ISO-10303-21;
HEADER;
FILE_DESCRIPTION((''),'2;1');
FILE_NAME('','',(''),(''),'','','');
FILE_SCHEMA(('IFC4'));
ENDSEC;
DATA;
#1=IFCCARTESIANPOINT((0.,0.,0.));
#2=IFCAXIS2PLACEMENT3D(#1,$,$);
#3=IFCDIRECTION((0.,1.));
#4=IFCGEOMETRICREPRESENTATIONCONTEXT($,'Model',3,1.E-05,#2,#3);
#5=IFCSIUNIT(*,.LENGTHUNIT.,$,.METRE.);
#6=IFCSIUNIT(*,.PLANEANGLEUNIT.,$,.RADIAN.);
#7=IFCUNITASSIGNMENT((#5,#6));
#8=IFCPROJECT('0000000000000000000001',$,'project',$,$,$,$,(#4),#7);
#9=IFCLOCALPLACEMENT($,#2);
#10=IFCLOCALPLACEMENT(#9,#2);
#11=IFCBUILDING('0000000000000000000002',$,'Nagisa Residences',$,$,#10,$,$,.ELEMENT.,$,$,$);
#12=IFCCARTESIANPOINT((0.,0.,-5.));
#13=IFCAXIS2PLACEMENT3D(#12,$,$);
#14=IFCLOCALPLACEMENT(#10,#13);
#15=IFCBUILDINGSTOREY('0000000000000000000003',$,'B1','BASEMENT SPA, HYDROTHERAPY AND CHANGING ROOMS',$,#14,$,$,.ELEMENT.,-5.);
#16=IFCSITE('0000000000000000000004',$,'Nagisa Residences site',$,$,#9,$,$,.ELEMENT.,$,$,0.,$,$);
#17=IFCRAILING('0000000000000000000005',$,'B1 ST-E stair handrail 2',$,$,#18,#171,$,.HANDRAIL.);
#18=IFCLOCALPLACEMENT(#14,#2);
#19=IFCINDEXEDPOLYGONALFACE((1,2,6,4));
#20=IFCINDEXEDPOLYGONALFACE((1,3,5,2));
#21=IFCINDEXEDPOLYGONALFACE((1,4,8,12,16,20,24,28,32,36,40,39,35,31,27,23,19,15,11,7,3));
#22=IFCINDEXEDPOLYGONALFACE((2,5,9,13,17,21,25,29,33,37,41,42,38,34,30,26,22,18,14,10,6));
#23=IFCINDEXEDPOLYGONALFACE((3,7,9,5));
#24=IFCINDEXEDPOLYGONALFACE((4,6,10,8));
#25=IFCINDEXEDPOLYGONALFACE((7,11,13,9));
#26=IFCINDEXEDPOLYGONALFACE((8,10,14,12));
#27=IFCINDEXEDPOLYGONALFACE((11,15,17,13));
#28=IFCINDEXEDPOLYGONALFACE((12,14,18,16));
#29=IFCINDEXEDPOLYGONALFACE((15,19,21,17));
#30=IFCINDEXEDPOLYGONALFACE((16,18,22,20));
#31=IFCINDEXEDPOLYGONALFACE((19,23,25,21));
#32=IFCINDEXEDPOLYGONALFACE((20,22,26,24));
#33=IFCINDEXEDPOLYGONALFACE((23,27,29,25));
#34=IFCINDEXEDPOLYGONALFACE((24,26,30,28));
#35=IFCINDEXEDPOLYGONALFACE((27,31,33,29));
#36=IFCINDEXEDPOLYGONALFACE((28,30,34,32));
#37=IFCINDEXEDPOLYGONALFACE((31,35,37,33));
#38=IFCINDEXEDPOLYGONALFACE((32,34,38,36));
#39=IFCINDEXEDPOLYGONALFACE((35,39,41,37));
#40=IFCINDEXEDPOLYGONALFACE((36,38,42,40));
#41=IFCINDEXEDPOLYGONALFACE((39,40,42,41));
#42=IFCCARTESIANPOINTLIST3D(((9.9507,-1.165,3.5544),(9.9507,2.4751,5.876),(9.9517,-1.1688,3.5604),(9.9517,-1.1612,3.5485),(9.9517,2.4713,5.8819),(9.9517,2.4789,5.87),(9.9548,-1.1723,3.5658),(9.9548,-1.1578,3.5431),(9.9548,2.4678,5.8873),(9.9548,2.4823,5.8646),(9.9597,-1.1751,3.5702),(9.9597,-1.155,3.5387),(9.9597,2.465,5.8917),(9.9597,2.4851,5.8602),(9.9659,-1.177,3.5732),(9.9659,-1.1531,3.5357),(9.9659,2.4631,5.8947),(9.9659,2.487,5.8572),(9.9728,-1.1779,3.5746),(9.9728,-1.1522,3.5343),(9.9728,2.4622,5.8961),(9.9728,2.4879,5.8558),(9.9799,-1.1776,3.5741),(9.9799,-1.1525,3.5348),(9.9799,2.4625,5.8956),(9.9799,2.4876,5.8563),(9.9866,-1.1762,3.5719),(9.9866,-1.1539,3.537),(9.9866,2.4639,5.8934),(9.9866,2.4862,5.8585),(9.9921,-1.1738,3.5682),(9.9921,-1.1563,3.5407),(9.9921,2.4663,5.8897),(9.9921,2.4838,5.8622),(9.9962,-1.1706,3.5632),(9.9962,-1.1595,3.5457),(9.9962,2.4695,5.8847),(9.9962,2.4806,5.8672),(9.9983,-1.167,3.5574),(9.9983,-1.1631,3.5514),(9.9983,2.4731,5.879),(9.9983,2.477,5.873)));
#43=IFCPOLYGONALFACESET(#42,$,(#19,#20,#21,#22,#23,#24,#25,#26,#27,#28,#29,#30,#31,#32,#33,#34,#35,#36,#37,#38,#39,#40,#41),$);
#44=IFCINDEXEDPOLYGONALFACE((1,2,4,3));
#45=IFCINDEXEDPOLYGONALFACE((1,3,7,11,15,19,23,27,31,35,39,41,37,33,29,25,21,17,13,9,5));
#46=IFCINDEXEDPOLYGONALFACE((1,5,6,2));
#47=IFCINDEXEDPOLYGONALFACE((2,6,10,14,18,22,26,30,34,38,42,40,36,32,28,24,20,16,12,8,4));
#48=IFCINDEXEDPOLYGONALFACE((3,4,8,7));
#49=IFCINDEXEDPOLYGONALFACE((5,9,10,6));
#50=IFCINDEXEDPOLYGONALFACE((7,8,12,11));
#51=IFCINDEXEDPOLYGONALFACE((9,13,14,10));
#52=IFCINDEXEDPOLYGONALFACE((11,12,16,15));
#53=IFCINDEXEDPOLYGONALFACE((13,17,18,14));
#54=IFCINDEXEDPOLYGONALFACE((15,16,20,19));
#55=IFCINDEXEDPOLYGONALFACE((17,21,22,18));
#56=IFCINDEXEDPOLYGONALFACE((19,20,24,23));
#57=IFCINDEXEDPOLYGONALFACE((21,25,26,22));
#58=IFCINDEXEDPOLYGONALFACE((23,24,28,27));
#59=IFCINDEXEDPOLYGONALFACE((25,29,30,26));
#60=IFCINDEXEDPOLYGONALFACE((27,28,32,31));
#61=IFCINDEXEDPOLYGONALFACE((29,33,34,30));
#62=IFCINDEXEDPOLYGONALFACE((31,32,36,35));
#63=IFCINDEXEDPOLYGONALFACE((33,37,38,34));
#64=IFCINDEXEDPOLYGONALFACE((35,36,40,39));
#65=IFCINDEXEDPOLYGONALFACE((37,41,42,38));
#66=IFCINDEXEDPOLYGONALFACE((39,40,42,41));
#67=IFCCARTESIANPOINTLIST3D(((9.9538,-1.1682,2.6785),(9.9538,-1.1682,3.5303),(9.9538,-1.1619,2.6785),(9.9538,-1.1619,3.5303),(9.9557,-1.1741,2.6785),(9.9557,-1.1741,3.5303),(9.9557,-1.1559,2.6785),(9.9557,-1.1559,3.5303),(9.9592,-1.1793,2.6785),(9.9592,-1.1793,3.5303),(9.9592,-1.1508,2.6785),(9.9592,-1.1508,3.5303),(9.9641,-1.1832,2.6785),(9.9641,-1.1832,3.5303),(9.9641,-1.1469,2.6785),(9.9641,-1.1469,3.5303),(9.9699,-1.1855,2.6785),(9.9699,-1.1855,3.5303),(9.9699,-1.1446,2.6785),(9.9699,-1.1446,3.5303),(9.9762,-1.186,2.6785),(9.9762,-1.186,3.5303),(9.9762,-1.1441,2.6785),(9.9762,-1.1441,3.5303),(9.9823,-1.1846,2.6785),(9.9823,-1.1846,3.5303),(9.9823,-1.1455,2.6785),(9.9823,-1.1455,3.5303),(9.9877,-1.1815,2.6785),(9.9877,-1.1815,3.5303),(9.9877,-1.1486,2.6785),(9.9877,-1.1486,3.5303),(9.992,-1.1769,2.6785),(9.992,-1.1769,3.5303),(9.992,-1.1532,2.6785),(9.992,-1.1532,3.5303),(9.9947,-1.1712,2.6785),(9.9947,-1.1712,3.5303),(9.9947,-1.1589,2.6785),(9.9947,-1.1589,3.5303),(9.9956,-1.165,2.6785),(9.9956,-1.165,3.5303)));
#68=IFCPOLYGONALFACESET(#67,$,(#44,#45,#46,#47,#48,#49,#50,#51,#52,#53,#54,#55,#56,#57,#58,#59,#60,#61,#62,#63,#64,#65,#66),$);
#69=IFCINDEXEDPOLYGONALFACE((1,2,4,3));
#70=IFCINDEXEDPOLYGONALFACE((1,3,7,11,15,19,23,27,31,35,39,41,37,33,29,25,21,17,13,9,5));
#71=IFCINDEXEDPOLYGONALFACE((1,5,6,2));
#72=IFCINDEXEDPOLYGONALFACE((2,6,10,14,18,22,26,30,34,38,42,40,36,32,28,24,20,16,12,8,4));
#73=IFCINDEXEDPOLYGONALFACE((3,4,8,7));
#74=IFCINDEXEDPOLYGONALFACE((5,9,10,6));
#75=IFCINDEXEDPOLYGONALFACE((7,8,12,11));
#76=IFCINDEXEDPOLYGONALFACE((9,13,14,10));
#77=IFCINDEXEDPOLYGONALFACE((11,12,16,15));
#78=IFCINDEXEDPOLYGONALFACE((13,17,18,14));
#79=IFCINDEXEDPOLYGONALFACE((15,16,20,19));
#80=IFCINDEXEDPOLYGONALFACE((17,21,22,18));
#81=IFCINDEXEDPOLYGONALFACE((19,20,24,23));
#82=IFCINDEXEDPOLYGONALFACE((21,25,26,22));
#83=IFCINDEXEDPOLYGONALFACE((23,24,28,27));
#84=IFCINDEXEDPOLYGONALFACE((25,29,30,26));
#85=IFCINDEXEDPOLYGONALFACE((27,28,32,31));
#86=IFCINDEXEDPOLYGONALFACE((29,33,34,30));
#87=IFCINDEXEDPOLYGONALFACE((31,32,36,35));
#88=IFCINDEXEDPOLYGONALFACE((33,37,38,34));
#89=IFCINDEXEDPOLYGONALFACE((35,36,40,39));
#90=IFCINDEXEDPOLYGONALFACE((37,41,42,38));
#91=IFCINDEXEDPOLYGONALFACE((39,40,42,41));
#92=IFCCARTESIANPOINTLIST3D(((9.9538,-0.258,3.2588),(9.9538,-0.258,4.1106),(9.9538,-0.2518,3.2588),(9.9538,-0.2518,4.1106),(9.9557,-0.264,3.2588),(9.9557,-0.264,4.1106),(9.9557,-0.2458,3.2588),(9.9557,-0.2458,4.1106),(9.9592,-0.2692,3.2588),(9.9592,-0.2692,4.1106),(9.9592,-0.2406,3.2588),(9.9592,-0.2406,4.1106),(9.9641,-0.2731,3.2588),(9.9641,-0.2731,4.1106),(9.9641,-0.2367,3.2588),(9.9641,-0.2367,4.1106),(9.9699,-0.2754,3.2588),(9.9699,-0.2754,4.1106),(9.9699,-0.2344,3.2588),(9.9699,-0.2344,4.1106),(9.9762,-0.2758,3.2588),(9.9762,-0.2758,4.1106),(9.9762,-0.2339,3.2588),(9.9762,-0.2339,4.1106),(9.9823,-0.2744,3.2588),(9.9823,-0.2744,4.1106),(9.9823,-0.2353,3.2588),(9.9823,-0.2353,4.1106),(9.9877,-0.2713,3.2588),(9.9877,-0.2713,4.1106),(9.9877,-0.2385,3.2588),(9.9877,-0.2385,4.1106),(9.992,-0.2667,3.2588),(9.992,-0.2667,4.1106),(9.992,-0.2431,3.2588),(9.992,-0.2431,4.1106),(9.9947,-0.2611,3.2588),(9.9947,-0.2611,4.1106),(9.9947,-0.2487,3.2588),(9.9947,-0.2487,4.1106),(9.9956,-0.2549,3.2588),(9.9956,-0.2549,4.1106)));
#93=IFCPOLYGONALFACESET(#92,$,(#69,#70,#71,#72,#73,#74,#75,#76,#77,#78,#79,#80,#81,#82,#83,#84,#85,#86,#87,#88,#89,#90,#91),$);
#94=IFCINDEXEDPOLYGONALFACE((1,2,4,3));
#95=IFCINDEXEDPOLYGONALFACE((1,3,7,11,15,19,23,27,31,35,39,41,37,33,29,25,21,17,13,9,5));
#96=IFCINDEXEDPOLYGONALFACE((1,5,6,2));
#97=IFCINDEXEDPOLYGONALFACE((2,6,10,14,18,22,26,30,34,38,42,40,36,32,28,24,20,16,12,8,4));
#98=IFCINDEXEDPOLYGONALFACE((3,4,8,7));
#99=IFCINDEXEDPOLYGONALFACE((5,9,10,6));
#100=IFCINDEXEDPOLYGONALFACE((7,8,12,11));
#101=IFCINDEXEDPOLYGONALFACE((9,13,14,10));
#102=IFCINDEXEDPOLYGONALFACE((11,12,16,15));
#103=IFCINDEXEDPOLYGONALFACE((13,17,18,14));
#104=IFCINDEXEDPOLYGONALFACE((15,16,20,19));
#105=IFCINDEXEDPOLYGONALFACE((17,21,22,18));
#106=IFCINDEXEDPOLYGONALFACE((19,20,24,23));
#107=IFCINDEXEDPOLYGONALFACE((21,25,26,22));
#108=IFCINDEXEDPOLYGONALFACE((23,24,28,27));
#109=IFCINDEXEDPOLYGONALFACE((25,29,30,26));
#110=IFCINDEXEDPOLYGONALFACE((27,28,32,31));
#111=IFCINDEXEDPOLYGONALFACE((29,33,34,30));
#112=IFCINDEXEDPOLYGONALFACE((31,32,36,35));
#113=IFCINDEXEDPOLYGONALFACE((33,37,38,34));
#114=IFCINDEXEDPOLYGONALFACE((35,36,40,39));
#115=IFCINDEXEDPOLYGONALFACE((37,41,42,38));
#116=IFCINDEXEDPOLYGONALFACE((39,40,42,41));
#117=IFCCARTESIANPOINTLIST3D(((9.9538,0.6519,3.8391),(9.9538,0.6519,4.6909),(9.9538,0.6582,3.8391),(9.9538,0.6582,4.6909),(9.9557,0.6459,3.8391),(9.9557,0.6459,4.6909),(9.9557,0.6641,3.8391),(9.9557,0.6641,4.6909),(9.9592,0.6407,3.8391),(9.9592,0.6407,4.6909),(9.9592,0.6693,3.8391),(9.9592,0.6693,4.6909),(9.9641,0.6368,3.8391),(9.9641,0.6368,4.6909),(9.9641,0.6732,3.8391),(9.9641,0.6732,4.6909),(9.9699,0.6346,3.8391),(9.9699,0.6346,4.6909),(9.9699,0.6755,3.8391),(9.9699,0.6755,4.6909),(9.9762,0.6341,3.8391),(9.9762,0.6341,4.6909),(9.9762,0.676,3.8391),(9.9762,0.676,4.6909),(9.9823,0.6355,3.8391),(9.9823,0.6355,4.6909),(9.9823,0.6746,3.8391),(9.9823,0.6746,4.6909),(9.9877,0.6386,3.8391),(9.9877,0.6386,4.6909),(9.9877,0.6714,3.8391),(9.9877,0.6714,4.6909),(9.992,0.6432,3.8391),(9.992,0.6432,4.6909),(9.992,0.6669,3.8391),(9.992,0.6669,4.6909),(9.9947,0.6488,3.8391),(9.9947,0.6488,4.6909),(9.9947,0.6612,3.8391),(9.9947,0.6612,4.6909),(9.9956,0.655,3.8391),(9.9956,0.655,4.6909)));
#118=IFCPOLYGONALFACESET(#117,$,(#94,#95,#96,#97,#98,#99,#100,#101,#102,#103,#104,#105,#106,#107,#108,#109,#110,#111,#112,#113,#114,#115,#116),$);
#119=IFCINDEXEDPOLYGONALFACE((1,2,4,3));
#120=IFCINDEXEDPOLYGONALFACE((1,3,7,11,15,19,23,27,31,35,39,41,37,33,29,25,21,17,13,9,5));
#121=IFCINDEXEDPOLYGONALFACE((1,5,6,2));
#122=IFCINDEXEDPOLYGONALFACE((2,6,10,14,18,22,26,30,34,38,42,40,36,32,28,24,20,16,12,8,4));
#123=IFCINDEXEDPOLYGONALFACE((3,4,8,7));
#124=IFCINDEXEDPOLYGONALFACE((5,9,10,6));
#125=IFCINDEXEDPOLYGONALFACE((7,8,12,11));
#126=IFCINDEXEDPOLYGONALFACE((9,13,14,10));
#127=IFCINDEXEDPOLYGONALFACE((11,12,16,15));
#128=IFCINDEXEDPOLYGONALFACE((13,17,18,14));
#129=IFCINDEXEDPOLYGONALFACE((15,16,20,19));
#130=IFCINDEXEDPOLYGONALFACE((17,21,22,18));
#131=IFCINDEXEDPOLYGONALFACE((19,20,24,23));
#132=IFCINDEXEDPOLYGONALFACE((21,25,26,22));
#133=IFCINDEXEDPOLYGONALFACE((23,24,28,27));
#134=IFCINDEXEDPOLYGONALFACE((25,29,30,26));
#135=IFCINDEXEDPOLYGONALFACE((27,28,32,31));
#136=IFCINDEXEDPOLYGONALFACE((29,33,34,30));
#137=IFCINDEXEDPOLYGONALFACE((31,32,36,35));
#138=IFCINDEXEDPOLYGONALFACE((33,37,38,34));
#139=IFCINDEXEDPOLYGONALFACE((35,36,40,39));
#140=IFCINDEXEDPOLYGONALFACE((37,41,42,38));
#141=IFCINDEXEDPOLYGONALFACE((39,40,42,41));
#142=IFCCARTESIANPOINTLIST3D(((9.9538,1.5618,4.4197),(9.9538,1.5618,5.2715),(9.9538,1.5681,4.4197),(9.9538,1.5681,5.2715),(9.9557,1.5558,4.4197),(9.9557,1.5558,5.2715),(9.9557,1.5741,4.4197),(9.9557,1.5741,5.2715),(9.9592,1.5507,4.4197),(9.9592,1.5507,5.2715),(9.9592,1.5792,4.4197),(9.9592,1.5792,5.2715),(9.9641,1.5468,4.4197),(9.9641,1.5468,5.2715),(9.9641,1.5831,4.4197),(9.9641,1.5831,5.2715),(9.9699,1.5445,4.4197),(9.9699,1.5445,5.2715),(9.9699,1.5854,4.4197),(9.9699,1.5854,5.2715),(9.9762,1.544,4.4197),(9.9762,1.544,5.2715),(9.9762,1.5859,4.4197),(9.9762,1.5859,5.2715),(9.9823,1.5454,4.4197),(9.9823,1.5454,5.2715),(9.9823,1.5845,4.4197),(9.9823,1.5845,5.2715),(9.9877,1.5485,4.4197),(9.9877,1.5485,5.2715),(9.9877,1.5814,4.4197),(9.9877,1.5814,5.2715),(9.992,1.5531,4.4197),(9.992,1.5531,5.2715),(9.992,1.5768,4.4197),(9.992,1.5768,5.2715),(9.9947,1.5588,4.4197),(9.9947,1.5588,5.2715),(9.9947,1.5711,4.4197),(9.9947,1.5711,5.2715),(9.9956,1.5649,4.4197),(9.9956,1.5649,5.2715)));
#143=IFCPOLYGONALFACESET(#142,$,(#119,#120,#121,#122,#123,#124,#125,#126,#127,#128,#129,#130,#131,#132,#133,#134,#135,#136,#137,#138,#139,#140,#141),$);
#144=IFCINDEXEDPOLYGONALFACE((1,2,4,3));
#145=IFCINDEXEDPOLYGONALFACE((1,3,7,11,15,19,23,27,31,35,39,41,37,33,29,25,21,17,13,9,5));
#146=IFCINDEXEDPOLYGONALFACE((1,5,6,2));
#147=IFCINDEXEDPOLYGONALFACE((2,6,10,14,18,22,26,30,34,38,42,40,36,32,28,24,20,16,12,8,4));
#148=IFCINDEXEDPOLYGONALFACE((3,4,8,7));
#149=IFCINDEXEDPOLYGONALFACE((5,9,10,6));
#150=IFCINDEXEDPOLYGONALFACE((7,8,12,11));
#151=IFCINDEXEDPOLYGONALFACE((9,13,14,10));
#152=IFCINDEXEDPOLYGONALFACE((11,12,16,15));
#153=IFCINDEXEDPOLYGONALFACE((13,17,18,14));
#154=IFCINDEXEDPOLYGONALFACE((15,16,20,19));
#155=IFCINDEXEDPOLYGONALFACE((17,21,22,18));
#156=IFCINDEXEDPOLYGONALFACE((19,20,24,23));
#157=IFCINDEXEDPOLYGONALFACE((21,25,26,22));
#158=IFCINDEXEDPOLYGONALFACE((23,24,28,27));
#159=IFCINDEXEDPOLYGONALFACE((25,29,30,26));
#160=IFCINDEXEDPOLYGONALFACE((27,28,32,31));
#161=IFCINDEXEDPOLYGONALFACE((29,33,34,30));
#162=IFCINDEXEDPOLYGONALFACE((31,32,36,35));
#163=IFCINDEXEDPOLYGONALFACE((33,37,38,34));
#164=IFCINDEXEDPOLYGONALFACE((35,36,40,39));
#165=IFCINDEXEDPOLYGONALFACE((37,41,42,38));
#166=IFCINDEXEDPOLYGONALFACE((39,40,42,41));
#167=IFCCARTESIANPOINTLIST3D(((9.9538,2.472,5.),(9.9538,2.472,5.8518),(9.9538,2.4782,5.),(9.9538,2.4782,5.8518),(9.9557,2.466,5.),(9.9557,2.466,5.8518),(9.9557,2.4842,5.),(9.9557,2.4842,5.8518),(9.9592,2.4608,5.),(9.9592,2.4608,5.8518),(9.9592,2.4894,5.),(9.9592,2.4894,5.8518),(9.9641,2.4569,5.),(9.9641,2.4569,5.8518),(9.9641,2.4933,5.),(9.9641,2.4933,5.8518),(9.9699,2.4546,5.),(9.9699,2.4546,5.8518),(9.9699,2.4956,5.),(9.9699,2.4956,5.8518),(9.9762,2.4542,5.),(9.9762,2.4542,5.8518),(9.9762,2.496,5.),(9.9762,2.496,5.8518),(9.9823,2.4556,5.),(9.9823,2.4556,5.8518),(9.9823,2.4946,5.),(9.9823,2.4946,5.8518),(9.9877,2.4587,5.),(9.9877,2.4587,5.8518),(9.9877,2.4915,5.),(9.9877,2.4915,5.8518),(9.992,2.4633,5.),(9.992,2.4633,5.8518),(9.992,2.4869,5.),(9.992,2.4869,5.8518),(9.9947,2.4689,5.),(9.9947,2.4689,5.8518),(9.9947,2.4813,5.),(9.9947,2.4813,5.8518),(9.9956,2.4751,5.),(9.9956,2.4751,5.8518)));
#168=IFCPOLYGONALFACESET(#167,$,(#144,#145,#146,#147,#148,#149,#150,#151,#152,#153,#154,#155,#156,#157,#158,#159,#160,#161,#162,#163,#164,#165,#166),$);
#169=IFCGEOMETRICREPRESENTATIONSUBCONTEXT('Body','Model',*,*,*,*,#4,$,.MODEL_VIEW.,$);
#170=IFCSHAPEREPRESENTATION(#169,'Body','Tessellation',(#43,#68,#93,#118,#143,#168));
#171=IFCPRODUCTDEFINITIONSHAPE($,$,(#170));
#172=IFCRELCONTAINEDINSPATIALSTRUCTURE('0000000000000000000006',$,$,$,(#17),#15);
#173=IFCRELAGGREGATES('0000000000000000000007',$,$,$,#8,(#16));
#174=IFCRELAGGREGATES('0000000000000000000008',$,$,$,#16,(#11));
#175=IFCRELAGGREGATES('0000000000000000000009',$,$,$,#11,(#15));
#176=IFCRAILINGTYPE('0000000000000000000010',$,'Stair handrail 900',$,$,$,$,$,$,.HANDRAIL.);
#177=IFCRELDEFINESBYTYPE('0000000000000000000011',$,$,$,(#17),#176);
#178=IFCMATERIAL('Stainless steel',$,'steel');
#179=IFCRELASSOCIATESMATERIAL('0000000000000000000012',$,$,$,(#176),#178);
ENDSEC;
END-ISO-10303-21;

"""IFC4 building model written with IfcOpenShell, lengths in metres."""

from ifc_helpers import new_model, si_unit, direction, frame, origin, origin_2d, place, context, subcontext, project, spatial, circle, extrude, material, type_object, element, save


model = new_model("IFC4")

# Units and contexts
model_context = context("Model", 3, precision=1e-05, world=origin(), true_north=direction((0.0, 1.0)))
body_context = subcontext(model_context, "Body", "Model", "MODEL_VIEW")
ifc_project = project(units=[si_unit("LENGTHUNIT", "METRE"), si_unit("PLANEANGLEUNIT", "RADIAN")], contexts=[model_context])

# Site, building, storey
site_placement = place(None, origin())
site = spatial("IfcSite", under=ifc_project, at=site_placement, Name="Nagisa Residences site", CompositionType="ELEMENT", RefElevation=0.0)
building_placement = place(site_placement, origin())
building = spatial("IfcBuilding", under=site, at=building_placement, Name="Nagisa Residences", CompositionType="ELEMENT")
storey_placement = place(building_placement, frame((0.0, 0.0, -5.0)))
storey = spatial("IfcBuildingStorey", under=building, at=storey_placement, Name="B1", Description="BASEMENT SPA, HYDROTHERAPY AND CHANGING ROOMS", CompositionType="ELEMENT", Elevation=-5.0)

# Railing
ifc_material_1 = material(Name="Stainless steel", Category="steel")
railing_type_1 = type_object("IfcRailingType", Name="Stair handrail 900", PredefinedType="HANDRAIL", material=ifc_material_1)
railing_1_placement = place(storey_placement, frame((9.9746, -1.165, 2.6785)))
element("IfcRailing", 1, at=railing_1_placement, inside=storey, type_object=railing_type_1, Name="B1 ST-E stair handrail 2", PredefinedType="HANDRAIL", context=body_context, shape_type="SweptSolid", body=[
    extrude(circle(Radius=0.0239, at=origin_2d()), frame((0.0, 0.0, 0.876), z_axis=(0.0, 0.843128, 0.537713), x_axis=(-1.0, 0.0, 0.0)), (0.0, 0.0, 1.0), 4.3174),
    extrude(circle(Radius=0.021, at=origin_2d()), origin(), (0.0, 0.0, 1.0), 0.8518),
    extrude(circle(Radius=0.021, at=origin_2d()), frame((0.0, 0.9102, 0.5803)), (0.0, 0.0, 1.0), 0.8518),
    extrude(circle(Radius=0.021, at=origin_2d()), frame((0.0, 1.8201, 1.1606)), (0.0, 0.0, 1.0), 0.8518),
    extrude(circle(Radius=0.021, at=origin_2d()), frame((0.0, 2.73, 1.7412)), (0.0, 0.0, 1.0), 0.8518),
    extrude(circle(Radius=0.021, at=origin_2d()), frame((0.0, 3.6401, 2.3215)), (0.0, 0.0, 1.0), 0.8518),
])

save(model, "model.ifc")
